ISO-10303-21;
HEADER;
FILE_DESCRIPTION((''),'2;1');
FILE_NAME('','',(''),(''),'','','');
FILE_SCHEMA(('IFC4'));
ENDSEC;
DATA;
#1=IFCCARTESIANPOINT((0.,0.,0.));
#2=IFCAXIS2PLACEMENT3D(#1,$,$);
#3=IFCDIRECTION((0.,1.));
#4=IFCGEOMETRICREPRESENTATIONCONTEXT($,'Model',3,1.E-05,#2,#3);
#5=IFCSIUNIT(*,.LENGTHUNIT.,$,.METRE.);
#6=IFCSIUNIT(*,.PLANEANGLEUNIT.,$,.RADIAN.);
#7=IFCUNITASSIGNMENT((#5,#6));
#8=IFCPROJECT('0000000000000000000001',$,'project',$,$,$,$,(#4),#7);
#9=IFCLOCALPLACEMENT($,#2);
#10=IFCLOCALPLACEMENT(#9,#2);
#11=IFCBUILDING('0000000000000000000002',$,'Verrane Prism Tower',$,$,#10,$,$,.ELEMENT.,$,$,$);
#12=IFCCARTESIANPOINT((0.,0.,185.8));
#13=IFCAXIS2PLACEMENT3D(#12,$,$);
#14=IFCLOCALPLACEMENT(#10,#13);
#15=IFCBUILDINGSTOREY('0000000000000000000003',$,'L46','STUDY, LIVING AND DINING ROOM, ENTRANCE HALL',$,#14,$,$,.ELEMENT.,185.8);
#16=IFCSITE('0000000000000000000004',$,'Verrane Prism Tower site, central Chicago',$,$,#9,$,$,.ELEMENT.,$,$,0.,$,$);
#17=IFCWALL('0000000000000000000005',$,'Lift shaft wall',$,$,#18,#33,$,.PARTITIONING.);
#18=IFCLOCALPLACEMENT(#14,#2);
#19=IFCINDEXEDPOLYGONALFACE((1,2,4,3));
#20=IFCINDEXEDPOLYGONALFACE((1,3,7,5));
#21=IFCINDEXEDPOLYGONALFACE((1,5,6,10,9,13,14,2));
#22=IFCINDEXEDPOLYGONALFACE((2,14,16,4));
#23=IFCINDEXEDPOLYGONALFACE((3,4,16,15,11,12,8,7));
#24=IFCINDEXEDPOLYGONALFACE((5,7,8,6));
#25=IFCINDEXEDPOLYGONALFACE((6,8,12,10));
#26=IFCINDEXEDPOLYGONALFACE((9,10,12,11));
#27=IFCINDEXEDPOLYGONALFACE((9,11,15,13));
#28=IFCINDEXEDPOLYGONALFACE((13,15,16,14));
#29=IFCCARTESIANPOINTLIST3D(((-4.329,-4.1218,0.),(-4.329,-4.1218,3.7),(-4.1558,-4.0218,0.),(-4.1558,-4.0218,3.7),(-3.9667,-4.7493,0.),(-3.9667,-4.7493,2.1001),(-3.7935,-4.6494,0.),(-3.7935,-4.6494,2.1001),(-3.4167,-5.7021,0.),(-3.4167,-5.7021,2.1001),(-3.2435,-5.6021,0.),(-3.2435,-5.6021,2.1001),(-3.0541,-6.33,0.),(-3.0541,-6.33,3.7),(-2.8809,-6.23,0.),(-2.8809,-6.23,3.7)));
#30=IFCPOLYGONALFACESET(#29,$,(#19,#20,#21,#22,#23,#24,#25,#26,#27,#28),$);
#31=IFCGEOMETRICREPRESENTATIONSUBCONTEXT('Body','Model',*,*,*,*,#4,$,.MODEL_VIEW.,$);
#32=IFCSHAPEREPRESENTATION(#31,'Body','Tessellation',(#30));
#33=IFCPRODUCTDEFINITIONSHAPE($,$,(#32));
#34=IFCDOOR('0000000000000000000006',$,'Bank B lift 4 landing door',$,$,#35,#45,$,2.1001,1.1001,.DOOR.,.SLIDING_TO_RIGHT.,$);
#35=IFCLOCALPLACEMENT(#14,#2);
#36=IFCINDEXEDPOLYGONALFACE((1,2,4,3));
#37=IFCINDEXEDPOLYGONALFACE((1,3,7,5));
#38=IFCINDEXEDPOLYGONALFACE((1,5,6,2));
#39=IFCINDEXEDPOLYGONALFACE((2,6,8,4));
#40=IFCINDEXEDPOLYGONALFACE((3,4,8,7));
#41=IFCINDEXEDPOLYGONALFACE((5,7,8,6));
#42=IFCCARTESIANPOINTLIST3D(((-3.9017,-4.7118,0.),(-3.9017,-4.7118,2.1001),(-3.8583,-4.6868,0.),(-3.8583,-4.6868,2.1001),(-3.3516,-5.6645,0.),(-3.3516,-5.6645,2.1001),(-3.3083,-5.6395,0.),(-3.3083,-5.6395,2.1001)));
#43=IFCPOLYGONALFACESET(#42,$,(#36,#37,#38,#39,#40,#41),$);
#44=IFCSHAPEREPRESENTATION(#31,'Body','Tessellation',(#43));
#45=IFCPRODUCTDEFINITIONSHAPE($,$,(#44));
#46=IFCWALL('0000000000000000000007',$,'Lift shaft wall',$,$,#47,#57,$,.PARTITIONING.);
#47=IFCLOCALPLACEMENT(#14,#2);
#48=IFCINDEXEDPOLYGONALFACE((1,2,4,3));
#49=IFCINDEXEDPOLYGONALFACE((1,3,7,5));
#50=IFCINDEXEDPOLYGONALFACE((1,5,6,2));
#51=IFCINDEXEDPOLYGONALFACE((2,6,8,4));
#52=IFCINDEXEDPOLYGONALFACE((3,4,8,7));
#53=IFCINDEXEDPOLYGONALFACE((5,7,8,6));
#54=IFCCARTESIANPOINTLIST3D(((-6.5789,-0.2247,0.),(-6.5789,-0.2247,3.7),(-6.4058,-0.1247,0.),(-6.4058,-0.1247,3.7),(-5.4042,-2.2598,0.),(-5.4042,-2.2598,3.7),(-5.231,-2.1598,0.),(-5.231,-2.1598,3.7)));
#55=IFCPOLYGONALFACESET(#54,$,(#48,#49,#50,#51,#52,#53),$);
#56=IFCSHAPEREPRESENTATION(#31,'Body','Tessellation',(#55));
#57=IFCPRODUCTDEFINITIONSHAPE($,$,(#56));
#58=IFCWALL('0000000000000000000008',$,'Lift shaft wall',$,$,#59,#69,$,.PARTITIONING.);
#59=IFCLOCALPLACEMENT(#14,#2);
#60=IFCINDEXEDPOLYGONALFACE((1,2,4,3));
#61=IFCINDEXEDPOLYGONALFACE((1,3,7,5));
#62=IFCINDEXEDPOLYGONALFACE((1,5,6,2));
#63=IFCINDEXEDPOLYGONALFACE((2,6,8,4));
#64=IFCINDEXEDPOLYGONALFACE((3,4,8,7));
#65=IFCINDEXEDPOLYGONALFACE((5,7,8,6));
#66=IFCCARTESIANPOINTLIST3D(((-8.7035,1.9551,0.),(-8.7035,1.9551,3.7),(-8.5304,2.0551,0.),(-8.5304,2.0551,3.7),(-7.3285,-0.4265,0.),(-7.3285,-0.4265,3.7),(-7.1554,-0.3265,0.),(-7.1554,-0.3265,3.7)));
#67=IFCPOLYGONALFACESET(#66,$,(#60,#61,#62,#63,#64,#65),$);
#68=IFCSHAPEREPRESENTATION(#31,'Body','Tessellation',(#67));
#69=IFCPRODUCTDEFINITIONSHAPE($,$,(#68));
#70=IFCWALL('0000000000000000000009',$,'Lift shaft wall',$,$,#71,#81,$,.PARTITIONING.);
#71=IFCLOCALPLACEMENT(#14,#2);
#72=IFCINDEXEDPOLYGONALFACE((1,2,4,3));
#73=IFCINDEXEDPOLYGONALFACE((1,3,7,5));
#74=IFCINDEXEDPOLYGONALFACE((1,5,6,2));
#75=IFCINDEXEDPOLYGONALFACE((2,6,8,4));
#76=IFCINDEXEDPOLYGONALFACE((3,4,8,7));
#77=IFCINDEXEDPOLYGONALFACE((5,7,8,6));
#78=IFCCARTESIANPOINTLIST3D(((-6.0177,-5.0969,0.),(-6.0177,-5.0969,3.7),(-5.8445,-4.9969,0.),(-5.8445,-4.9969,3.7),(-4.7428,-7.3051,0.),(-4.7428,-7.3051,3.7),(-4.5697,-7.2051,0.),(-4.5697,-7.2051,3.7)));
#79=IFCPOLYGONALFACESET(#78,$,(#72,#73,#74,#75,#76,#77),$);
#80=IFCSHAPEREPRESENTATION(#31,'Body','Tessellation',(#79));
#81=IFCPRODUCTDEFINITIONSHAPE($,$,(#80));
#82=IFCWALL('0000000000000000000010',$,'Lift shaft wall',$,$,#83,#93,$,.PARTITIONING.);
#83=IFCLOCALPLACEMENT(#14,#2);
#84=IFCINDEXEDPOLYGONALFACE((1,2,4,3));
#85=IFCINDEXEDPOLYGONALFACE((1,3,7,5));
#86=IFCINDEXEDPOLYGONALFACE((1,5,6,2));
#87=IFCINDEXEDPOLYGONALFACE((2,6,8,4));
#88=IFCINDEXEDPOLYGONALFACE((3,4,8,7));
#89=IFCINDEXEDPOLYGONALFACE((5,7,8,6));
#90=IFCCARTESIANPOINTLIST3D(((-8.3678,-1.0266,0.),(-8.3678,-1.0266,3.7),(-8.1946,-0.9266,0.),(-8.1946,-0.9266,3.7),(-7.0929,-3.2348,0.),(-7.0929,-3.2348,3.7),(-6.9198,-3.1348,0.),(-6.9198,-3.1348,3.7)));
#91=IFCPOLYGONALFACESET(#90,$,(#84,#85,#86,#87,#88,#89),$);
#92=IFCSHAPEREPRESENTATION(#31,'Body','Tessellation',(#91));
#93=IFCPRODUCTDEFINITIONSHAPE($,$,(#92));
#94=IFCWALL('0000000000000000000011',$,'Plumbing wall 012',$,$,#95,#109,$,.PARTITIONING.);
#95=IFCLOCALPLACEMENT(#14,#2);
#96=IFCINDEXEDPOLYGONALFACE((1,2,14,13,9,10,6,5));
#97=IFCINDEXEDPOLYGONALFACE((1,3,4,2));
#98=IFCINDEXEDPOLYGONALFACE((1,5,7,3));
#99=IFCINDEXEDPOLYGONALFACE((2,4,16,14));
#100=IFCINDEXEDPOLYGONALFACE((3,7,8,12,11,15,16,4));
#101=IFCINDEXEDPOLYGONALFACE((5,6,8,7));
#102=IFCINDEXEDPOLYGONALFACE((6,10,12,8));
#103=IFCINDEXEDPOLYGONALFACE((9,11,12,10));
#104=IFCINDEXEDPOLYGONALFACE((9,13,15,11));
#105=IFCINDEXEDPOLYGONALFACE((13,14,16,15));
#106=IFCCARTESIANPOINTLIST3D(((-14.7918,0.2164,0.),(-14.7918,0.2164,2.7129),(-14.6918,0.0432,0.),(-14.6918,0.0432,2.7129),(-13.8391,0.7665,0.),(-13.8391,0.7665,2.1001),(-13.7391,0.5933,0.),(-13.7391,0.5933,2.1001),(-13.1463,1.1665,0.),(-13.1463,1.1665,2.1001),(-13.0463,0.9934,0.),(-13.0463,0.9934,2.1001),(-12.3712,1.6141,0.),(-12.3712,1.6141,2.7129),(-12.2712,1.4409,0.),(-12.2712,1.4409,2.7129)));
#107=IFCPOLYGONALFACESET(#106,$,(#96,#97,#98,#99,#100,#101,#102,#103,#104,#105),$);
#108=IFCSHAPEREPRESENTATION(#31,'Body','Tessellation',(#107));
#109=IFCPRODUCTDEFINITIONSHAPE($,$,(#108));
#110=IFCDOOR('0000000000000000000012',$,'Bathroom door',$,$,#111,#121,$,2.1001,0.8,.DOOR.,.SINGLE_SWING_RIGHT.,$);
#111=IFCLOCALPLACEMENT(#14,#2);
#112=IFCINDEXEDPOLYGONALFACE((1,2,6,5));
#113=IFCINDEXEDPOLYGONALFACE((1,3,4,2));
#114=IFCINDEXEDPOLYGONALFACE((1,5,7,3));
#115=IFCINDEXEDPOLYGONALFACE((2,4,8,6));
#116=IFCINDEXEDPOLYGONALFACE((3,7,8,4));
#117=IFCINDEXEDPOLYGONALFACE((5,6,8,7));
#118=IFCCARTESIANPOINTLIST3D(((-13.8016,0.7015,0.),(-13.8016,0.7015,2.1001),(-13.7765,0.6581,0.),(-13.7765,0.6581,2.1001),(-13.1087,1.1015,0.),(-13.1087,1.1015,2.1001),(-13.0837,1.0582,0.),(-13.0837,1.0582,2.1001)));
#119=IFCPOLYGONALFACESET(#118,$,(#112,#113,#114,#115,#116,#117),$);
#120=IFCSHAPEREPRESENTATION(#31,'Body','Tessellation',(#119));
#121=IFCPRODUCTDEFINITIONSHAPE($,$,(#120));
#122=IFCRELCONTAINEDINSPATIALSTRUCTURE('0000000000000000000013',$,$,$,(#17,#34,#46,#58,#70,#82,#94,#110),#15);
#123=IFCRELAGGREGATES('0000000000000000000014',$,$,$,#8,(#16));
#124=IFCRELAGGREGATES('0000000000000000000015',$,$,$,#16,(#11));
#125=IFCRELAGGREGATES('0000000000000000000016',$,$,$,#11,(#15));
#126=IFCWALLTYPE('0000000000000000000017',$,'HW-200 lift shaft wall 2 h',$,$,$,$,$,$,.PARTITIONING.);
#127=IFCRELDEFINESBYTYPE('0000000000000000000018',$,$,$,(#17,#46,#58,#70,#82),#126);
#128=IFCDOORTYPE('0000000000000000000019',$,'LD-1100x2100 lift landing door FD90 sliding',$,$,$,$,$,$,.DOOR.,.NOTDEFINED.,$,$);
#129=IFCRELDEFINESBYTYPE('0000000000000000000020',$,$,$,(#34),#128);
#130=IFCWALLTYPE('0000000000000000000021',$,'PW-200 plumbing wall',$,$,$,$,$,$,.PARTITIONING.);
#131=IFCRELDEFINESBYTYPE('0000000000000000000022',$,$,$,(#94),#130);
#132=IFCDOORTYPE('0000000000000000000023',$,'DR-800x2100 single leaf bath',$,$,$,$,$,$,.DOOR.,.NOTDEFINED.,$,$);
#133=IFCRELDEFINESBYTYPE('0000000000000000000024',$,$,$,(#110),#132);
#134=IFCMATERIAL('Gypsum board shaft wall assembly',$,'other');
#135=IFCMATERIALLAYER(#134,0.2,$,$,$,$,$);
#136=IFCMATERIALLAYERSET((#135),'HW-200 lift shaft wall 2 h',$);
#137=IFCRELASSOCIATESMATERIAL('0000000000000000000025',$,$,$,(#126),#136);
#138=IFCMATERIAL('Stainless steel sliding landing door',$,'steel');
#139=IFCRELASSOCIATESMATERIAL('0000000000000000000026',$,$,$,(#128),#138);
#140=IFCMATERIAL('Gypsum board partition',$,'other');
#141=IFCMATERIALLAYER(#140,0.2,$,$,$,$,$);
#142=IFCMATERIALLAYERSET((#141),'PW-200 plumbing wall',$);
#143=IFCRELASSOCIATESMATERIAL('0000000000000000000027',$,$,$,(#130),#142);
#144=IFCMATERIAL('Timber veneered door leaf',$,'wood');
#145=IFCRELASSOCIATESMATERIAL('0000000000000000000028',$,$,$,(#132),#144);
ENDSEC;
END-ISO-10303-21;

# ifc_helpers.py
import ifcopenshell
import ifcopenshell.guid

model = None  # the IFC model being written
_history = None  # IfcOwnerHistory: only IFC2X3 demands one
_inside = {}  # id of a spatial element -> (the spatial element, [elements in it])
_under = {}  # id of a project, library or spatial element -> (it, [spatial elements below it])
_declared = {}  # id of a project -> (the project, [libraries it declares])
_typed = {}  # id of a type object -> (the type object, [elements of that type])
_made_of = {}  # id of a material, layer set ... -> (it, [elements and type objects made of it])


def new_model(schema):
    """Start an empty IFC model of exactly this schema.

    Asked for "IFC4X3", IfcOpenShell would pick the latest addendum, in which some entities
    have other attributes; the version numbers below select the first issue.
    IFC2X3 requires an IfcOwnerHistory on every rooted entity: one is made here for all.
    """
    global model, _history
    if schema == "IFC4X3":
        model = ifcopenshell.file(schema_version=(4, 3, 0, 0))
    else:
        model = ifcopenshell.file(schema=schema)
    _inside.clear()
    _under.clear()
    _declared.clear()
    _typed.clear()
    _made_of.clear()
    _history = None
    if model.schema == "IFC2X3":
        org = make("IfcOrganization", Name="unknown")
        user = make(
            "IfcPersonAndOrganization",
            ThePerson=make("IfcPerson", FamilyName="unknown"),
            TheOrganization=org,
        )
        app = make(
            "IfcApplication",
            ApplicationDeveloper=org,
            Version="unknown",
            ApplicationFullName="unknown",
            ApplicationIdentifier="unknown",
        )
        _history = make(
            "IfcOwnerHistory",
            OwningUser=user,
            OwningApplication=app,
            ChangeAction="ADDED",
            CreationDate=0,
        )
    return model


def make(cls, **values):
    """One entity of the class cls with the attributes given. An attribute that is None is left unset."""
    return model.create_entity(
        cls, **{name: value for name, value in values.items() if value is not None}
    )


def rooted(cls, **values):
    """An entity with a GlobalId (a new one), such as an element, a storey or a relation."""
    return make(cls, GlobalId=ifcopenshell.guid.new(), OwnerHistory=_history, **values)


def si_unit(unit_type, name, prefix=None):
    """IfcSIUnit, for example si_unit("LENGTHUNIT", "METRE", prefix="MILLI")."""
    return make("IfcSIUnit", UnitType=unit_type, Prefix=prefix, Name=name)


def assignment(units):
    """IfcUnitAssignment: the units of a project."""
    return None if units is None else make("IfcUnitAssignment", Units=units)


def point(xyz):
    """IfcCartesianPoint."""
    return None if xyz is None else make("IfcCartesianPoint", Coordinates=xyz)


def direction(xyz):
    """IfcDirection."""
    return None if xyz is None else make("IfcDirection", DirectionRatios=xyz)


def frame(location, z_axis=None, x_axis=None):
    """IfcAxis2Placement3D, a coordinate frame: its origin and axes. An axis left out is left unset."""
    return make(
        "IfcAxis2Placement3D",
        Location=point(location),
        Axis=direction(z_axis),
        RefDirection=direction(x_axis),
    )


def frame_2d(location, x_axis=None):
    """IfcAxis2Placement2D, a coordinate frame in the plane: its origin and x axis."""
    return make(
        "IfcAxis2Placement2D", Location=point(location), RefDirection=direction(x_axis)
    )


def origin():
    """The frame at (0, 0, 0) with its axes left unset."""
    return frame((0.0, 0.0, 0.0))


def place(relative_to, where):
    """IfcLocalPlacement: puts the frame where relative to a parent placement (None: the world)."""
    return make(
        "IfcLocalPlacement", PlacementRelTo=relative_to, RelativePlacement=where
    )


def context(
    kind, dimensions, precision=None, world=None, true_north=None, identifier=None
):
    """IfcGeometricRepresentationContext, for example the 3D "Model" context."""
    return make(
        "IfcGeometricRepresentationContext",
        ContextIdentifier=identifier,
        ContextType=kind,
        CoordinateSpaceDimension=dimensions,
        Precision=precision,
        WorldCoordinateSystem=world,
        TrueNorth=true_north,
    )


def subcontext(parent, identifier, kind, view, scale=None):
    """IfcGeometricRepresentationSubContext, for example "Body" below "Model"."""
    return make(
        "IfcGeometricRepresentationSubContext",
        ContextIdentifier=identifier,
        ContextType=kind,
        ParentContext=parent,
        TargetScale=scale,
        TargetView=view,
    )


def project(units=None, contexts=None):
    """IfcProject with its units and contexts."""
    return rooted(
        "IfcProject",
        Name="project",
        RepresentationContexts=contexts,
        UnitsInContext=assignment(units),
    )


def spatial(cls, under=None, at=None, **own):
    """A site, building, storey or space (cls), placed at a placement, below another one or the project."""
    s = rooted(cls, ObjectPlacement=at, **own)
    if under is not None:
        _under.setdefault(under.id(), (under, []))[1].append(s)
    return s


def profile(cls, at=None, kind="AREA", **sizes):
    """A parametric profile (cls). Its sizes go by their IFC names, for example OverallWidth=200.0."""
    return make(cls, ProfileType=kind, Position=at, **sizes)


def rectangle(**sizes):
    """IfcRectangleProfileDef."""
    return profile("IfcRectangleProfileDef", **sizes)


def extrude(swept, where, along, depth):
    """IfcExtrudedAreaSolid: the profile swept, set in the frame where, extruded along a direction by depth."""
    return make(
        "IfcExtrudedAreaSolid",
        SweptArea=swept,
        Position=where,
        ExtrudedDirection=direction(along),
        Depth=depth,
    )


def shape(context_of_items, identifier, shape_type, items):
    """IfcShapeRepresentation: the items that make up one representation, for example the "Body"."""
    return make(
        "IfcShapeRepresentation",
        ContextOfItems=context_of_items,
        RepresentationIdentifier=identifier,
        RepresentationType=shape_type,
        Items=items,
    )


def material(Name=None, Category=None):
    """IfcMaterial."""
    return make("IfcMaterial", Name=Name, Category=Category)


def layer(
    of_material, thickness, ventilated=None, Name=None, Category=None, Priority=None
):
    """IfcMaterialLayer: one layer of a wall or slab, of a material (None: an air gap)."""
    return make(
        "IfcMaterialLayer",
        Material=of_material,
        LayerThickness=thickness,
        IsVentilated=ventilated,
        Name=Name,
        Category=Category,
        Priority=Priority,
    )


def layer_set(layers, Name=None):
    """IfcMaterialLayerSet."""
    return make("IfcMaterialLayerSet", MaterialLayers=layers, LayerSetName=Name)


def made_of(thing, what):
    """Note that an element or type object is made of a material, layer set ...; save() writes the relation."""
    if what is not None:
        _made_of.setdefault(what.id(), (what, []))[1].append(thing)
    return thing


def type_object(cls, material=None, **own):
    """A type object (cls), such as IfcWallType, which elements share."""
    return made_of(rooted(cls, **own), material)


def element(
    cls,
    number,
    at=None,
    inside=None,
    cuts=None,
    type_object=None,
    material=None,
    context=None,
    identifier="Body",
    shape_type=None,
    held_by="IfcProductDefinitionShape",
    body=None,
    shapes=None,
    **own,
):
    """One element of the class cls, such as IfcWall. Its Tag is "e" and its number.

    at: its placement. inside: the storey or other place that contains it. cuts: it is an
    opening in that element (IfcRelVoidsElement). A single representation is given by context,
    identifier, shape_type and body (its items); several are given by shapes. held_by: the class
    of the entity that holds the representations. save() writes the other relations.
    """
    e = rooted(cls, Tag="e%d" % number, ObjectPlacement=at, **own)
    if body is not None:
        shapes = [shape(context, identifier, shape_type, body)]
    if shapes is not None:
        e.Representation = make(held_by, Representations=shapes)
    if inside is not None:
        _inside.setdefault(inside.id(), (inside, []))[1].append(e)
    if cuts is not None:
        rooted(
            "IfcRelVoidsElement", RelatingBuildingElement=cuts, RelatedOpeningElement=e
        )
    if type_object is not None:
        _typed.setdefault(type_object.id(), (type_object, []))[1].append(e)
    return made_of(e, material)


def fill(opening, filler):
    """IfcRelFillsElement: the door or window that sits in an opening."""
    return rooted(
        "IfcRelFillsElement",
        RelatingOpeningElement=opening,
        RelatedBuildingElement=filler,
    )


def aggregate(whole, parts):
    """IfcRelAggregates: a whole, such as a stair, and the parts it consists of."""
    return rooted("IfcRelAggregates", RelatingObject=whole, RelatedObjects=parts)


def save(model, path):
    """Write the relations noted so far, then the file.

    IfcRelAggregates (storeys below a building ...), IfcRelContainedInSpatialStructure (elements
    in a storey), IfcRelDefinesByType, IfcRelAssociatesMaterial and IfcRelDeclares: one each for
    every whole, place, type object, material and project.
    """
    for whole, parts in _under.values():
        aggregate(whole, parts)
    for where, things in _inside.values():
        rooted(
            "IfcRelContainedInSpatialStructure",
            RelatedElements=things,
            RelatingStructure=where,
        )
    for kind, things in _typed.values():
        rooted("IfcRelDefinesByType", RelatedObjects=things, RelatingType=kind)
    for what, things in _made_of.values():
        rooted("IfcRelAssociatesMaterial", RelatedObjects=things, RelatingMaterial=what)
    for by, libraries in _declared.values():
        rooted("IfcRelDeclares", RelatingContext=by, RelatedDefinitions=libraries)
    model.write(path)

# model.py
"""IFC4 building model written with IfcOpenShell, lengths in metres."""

from ifc_helpers import new_model, si_unit, direction, frame, frame_2d, origin, place, context, subcontext, project, spatial, rectangle, extrude, material, layer, layer_set, type_object, element, fill, save


model = new_model("IFC4")

# Units and contexts
model_context = context("Model", 3, precision=1e-05, world=origin(), true_north=direction((0.0, 1.0)))
body_context = subcontext(model_context, "Body", "Model", "MODEL_VIEW")
ifc_project = project(units=[si_unit("LENGTHUNIT", "METRE"), si_unit("PLANEANGLEUNIT", "RADIAN")], contexts=[model_context])

# Site, building, storey
site_placement = place(None, origin())
site = spatial("IfcSite", under=ifc_project, at=site_placement, Name="Verrane Prism Tower site, central Chicago", CompositionType="ELEMENT", RefElevation=0.0)
building_placement = place(site_placement, origin())
building = spatial("IfcBuilding", under=site, at=building_placement, Name="Verrane Prism Tower", CompositionType="ELEMENT")
storey_placement = place(building_placement, frame((0.0, 0.0, 185.8)))
storey = spatial("IfcBuildingStorey", under=building, at=storey_placement, Name="L46", Description="STUDY, LIVING AND DINING ROOM, ENTRANCE HALL", CompositionType="ELEMENT", Elevation=185.8)

# Shared definitions
ifc_material_1 = material(Name="Gypsum board shaft wall assembly", Category="other")
ifc_layer_1 = layer(ifc_material_1, 0.2)
ifc_layer_set_1 = layer_set([ifc_layer_1], Name="HW-200 lift shaft wall 2 h")
wall_type_1 = type_object("IfcWallType", Name="HW-200 lift shaft wall 2 h", PredefinedType="PARTITIONING", material=ifc_layer_set_1)
ifc_material_2 = material(Name="Stainless steel sliding landing door", Category="steel")
door_type_1 = type_object("IfcDoorType", Name="LD-1100x2100 lift landing door FD90 sliding", OperationType="NOTDEFINED", PredefinedType="DOOR", material=ifc_material_2)

# Wall, opening, door
wall_1_placement = place(storey_placement, frame((-2.9675, -6.28, 0.0), z_axis=(0.0, 0.0, 1.0), x_axis=(-0.49999, 0.866031, 0.0)))
wall_1 = element("IfcWall", 1, at=wall_1_placement, inside=storey, type_object=wall_type_1, Name="Lift shaft wall", PredefinedType="PARTITIONING", context=body_context, shape_type="SweptSolid", body=[
    extrude(rectangle(XDim=2.5498, YDim=0.2, at=frame_2d((1.2749, 0.0))), origin(), (0.0, 0.0, 1.0), 3.7),
])
opening_1_placement = place(wall_1_placement, frame((0.7251, 0.0, 0.0)))
opening_1 = element("IfcOpeningElement", 2, at=opening_1_placement, cuts=wall_1, PredefinedType="OPENING", context=body_context, shape_type="SweptSolid", body=[
    extrude(rectangle(XDim=1.1001, YDim=2.1001, at=frame_2d((0.55, 1.05))), frame((0.0, 0.1099, 0.0), z_axis=(0.0, -1.0, 0.0), x_axis=(1.0, 0.0, 0.0)), (0.0, 0.0, 1.0), 0.22),
])
door_1_placement = place(opening_1_placement, origin())
door_1 = element("IfcDoor", 3, at=door_1_placement, inside=storey, type_object=door_type_1, Name="Bank B lift 4 landing door", OperationType="SLIDING_TO_RIGHT", OverallHeight=2.1001, OverallWidth=1.1001, PredefinedType="DOOR", context=body_context, shape_type="SweptSolid", body=[
    extrude(rectangle(XDim=1.1001, YDim=2.1001, at=frame_2d((0.55, 1.05))), frame((0.0, 0.0249, 0.0), z_axis=(0.0, -1.0, 0.0), x_axis=(1.0, 0.0, 0.0)), (0.0, 0.0, 1.0), 0.05),
])
fill(opening_1, door_1)

# Walls
wall_2_placement = place(storey_placement, frame((-5.3176, -2.2097, 0.0), z_axis=(0.0, 0.0, 1.0), x_axis=(-0.499938, 0.866061, 0.0)))
element("IfcWall", 4, at=wall_2_placement, inside=storey, type_object=wall_type_1, Name="Lift shaft wall", PredefinedType="PARTITIONING", context=body_context, shape_type="SweptSolid", body=[
    extrude(rectangle(XDim=2.3499, YDim=0.2, at=frame_2d((1.1748, 0.0))), origin(), (0.0, 0.0, 1.0), 3.7),
])
wall_3_placement = place(storey_placement, frame((-7.2419, -0.3765, 0.0), z_axis=(0.0, 0.0, 1.0), x_axis=(-0.499997, 0.866027, 0.0)))
element("IfcWall", 5, at=wall_3_placement, inside=storey, type_object=wall_type_1, Name="Lift shaft wall", PredefinedType="PARTITIONING", context=body_context, shape_type="SweptSolid", body=[
    extrude(rectangle(XDim=2.75, YDim=0.2, at=frame_2d((1.375, 0.0))), origin(), (0.0, 0.0, 1.0), 3.7),
])
for number, where, z_axis, x_axis, name in (
    (6, (-4.6562, -7.2551, 0.0), (0.0, 0.0, 1.0), (-0.49999, 0.866031, 0.0), "Lift shaft wall"),
    (7, (-7.0063, -3.1848, 0.0), (0.0, 0.0, 1.0), (-0.49999, 0.866031, 0.0), "Lift shaft wall"),
):
    element("IfcWall", number, at=place(storey_placement, frame(where, z_axis=z_axis, x_axis=x_axis)), inside=storey, type_object=wall_type_1, Name=name, PredefinedType="PARTITIONING", context=body_context, shape_type="SweptSolid", body=[
        extrude(rectangle(XDim=2.5498, YDim=0.2, at=frame_2d((1.2749, 0.0))), origin(), (0.0, 0.0, 1.0), 3.7),
    ])

# Wall, opening, door
ifc_material_3 = material(Name="Gypsum board partition", Category="other")
ifc_layer_2 = layer(ifc_material_3, 0.2)
ifc_layer_set_2 = layer_set([ifc_layer_2], Name="PW-200 plumbing wall")
wall_type_2 = type_object("IfcWallType", Name="PW-200 plumbing wall", PredefinedType="PARTITIONING", material=ifc_layer_set_2)
wall_4_placement = place(storey_placement, frame((-14.7417, 0.1299, 0.0), z_axis=(0.0, 0.0, 1.0), x_axis=(0.866004, 0.500037, 0.0)))
wall_4 = element("IfcWall", 8, at=wall_4_placement, inside=storey, type_object=wall_type_2, Name="Plumbing wall 012", PredefinedType="PARTITIONING", context=body_context, shape_type="SweptSolid", body=[
    extrude(rectangle(XDim=2.7952, YDim=0.2, at=frame_2d((1.3975, 0.0))), origin(), (0.0, 0.0, 1.0), 2.7129),
])
opening_2_placement = place(wall_4_placement, frame((1.1001, 0.0, 0.0)))
opening_2 = element("IfcOpeningElement", 9, at=opening_2_placement, cuts=wall_4, PredefinedType="OPENING", context=body_context, shape_type="SweptSolid", body=[
    extrude(rectangle(XDim=0.8, YDim=2.1001, at=frame_2d((0.3999, 1.05))), frame((0.0, 0.1099, 0.0), z_axis=(0.0, -1.0, 0.0), x_axis=(1.0, 0.0, 0.0)), (0.0, 0.0, 1.0), 0.22),
])
ifc_material_4 = material(Name="Timber veneered door leaf", Category="wood")
door_type_2 = type_object("IfcDoorType", Name="DR-800x2100 single leaf bath", OperationType="NOTDEFINED", PredefinedType="DOOR", material=ifc_material_4)
door_2_placement = place(opening_2_placement, origin())
door_2 = element("IfcDoor", 10, at=door_2_placement, inside=storey, type_object=door_type_2, Name="Bathroom door", OperationType="SINGLE_SWING_RIGHT", OverallHeight=2.1001, OverallWidth=0.8, PredefinedType="DOOR", context=body_context, shape_type="SweptSolid", body=[
    extrude(rectangle(XDim=0.8, YDim=2.1001, at=frame_2d((0.3999, 1.05))), frame((0.0, 0.0249, 0.0), z_axis=(0.0, -1.0, 0.0), x_axis=(1.0, 0.0, 0.0)), (0.0, 0.0, 1.0), 0.05),
])
fill(opening_2, door_2)

save(model, "model.ifc")
